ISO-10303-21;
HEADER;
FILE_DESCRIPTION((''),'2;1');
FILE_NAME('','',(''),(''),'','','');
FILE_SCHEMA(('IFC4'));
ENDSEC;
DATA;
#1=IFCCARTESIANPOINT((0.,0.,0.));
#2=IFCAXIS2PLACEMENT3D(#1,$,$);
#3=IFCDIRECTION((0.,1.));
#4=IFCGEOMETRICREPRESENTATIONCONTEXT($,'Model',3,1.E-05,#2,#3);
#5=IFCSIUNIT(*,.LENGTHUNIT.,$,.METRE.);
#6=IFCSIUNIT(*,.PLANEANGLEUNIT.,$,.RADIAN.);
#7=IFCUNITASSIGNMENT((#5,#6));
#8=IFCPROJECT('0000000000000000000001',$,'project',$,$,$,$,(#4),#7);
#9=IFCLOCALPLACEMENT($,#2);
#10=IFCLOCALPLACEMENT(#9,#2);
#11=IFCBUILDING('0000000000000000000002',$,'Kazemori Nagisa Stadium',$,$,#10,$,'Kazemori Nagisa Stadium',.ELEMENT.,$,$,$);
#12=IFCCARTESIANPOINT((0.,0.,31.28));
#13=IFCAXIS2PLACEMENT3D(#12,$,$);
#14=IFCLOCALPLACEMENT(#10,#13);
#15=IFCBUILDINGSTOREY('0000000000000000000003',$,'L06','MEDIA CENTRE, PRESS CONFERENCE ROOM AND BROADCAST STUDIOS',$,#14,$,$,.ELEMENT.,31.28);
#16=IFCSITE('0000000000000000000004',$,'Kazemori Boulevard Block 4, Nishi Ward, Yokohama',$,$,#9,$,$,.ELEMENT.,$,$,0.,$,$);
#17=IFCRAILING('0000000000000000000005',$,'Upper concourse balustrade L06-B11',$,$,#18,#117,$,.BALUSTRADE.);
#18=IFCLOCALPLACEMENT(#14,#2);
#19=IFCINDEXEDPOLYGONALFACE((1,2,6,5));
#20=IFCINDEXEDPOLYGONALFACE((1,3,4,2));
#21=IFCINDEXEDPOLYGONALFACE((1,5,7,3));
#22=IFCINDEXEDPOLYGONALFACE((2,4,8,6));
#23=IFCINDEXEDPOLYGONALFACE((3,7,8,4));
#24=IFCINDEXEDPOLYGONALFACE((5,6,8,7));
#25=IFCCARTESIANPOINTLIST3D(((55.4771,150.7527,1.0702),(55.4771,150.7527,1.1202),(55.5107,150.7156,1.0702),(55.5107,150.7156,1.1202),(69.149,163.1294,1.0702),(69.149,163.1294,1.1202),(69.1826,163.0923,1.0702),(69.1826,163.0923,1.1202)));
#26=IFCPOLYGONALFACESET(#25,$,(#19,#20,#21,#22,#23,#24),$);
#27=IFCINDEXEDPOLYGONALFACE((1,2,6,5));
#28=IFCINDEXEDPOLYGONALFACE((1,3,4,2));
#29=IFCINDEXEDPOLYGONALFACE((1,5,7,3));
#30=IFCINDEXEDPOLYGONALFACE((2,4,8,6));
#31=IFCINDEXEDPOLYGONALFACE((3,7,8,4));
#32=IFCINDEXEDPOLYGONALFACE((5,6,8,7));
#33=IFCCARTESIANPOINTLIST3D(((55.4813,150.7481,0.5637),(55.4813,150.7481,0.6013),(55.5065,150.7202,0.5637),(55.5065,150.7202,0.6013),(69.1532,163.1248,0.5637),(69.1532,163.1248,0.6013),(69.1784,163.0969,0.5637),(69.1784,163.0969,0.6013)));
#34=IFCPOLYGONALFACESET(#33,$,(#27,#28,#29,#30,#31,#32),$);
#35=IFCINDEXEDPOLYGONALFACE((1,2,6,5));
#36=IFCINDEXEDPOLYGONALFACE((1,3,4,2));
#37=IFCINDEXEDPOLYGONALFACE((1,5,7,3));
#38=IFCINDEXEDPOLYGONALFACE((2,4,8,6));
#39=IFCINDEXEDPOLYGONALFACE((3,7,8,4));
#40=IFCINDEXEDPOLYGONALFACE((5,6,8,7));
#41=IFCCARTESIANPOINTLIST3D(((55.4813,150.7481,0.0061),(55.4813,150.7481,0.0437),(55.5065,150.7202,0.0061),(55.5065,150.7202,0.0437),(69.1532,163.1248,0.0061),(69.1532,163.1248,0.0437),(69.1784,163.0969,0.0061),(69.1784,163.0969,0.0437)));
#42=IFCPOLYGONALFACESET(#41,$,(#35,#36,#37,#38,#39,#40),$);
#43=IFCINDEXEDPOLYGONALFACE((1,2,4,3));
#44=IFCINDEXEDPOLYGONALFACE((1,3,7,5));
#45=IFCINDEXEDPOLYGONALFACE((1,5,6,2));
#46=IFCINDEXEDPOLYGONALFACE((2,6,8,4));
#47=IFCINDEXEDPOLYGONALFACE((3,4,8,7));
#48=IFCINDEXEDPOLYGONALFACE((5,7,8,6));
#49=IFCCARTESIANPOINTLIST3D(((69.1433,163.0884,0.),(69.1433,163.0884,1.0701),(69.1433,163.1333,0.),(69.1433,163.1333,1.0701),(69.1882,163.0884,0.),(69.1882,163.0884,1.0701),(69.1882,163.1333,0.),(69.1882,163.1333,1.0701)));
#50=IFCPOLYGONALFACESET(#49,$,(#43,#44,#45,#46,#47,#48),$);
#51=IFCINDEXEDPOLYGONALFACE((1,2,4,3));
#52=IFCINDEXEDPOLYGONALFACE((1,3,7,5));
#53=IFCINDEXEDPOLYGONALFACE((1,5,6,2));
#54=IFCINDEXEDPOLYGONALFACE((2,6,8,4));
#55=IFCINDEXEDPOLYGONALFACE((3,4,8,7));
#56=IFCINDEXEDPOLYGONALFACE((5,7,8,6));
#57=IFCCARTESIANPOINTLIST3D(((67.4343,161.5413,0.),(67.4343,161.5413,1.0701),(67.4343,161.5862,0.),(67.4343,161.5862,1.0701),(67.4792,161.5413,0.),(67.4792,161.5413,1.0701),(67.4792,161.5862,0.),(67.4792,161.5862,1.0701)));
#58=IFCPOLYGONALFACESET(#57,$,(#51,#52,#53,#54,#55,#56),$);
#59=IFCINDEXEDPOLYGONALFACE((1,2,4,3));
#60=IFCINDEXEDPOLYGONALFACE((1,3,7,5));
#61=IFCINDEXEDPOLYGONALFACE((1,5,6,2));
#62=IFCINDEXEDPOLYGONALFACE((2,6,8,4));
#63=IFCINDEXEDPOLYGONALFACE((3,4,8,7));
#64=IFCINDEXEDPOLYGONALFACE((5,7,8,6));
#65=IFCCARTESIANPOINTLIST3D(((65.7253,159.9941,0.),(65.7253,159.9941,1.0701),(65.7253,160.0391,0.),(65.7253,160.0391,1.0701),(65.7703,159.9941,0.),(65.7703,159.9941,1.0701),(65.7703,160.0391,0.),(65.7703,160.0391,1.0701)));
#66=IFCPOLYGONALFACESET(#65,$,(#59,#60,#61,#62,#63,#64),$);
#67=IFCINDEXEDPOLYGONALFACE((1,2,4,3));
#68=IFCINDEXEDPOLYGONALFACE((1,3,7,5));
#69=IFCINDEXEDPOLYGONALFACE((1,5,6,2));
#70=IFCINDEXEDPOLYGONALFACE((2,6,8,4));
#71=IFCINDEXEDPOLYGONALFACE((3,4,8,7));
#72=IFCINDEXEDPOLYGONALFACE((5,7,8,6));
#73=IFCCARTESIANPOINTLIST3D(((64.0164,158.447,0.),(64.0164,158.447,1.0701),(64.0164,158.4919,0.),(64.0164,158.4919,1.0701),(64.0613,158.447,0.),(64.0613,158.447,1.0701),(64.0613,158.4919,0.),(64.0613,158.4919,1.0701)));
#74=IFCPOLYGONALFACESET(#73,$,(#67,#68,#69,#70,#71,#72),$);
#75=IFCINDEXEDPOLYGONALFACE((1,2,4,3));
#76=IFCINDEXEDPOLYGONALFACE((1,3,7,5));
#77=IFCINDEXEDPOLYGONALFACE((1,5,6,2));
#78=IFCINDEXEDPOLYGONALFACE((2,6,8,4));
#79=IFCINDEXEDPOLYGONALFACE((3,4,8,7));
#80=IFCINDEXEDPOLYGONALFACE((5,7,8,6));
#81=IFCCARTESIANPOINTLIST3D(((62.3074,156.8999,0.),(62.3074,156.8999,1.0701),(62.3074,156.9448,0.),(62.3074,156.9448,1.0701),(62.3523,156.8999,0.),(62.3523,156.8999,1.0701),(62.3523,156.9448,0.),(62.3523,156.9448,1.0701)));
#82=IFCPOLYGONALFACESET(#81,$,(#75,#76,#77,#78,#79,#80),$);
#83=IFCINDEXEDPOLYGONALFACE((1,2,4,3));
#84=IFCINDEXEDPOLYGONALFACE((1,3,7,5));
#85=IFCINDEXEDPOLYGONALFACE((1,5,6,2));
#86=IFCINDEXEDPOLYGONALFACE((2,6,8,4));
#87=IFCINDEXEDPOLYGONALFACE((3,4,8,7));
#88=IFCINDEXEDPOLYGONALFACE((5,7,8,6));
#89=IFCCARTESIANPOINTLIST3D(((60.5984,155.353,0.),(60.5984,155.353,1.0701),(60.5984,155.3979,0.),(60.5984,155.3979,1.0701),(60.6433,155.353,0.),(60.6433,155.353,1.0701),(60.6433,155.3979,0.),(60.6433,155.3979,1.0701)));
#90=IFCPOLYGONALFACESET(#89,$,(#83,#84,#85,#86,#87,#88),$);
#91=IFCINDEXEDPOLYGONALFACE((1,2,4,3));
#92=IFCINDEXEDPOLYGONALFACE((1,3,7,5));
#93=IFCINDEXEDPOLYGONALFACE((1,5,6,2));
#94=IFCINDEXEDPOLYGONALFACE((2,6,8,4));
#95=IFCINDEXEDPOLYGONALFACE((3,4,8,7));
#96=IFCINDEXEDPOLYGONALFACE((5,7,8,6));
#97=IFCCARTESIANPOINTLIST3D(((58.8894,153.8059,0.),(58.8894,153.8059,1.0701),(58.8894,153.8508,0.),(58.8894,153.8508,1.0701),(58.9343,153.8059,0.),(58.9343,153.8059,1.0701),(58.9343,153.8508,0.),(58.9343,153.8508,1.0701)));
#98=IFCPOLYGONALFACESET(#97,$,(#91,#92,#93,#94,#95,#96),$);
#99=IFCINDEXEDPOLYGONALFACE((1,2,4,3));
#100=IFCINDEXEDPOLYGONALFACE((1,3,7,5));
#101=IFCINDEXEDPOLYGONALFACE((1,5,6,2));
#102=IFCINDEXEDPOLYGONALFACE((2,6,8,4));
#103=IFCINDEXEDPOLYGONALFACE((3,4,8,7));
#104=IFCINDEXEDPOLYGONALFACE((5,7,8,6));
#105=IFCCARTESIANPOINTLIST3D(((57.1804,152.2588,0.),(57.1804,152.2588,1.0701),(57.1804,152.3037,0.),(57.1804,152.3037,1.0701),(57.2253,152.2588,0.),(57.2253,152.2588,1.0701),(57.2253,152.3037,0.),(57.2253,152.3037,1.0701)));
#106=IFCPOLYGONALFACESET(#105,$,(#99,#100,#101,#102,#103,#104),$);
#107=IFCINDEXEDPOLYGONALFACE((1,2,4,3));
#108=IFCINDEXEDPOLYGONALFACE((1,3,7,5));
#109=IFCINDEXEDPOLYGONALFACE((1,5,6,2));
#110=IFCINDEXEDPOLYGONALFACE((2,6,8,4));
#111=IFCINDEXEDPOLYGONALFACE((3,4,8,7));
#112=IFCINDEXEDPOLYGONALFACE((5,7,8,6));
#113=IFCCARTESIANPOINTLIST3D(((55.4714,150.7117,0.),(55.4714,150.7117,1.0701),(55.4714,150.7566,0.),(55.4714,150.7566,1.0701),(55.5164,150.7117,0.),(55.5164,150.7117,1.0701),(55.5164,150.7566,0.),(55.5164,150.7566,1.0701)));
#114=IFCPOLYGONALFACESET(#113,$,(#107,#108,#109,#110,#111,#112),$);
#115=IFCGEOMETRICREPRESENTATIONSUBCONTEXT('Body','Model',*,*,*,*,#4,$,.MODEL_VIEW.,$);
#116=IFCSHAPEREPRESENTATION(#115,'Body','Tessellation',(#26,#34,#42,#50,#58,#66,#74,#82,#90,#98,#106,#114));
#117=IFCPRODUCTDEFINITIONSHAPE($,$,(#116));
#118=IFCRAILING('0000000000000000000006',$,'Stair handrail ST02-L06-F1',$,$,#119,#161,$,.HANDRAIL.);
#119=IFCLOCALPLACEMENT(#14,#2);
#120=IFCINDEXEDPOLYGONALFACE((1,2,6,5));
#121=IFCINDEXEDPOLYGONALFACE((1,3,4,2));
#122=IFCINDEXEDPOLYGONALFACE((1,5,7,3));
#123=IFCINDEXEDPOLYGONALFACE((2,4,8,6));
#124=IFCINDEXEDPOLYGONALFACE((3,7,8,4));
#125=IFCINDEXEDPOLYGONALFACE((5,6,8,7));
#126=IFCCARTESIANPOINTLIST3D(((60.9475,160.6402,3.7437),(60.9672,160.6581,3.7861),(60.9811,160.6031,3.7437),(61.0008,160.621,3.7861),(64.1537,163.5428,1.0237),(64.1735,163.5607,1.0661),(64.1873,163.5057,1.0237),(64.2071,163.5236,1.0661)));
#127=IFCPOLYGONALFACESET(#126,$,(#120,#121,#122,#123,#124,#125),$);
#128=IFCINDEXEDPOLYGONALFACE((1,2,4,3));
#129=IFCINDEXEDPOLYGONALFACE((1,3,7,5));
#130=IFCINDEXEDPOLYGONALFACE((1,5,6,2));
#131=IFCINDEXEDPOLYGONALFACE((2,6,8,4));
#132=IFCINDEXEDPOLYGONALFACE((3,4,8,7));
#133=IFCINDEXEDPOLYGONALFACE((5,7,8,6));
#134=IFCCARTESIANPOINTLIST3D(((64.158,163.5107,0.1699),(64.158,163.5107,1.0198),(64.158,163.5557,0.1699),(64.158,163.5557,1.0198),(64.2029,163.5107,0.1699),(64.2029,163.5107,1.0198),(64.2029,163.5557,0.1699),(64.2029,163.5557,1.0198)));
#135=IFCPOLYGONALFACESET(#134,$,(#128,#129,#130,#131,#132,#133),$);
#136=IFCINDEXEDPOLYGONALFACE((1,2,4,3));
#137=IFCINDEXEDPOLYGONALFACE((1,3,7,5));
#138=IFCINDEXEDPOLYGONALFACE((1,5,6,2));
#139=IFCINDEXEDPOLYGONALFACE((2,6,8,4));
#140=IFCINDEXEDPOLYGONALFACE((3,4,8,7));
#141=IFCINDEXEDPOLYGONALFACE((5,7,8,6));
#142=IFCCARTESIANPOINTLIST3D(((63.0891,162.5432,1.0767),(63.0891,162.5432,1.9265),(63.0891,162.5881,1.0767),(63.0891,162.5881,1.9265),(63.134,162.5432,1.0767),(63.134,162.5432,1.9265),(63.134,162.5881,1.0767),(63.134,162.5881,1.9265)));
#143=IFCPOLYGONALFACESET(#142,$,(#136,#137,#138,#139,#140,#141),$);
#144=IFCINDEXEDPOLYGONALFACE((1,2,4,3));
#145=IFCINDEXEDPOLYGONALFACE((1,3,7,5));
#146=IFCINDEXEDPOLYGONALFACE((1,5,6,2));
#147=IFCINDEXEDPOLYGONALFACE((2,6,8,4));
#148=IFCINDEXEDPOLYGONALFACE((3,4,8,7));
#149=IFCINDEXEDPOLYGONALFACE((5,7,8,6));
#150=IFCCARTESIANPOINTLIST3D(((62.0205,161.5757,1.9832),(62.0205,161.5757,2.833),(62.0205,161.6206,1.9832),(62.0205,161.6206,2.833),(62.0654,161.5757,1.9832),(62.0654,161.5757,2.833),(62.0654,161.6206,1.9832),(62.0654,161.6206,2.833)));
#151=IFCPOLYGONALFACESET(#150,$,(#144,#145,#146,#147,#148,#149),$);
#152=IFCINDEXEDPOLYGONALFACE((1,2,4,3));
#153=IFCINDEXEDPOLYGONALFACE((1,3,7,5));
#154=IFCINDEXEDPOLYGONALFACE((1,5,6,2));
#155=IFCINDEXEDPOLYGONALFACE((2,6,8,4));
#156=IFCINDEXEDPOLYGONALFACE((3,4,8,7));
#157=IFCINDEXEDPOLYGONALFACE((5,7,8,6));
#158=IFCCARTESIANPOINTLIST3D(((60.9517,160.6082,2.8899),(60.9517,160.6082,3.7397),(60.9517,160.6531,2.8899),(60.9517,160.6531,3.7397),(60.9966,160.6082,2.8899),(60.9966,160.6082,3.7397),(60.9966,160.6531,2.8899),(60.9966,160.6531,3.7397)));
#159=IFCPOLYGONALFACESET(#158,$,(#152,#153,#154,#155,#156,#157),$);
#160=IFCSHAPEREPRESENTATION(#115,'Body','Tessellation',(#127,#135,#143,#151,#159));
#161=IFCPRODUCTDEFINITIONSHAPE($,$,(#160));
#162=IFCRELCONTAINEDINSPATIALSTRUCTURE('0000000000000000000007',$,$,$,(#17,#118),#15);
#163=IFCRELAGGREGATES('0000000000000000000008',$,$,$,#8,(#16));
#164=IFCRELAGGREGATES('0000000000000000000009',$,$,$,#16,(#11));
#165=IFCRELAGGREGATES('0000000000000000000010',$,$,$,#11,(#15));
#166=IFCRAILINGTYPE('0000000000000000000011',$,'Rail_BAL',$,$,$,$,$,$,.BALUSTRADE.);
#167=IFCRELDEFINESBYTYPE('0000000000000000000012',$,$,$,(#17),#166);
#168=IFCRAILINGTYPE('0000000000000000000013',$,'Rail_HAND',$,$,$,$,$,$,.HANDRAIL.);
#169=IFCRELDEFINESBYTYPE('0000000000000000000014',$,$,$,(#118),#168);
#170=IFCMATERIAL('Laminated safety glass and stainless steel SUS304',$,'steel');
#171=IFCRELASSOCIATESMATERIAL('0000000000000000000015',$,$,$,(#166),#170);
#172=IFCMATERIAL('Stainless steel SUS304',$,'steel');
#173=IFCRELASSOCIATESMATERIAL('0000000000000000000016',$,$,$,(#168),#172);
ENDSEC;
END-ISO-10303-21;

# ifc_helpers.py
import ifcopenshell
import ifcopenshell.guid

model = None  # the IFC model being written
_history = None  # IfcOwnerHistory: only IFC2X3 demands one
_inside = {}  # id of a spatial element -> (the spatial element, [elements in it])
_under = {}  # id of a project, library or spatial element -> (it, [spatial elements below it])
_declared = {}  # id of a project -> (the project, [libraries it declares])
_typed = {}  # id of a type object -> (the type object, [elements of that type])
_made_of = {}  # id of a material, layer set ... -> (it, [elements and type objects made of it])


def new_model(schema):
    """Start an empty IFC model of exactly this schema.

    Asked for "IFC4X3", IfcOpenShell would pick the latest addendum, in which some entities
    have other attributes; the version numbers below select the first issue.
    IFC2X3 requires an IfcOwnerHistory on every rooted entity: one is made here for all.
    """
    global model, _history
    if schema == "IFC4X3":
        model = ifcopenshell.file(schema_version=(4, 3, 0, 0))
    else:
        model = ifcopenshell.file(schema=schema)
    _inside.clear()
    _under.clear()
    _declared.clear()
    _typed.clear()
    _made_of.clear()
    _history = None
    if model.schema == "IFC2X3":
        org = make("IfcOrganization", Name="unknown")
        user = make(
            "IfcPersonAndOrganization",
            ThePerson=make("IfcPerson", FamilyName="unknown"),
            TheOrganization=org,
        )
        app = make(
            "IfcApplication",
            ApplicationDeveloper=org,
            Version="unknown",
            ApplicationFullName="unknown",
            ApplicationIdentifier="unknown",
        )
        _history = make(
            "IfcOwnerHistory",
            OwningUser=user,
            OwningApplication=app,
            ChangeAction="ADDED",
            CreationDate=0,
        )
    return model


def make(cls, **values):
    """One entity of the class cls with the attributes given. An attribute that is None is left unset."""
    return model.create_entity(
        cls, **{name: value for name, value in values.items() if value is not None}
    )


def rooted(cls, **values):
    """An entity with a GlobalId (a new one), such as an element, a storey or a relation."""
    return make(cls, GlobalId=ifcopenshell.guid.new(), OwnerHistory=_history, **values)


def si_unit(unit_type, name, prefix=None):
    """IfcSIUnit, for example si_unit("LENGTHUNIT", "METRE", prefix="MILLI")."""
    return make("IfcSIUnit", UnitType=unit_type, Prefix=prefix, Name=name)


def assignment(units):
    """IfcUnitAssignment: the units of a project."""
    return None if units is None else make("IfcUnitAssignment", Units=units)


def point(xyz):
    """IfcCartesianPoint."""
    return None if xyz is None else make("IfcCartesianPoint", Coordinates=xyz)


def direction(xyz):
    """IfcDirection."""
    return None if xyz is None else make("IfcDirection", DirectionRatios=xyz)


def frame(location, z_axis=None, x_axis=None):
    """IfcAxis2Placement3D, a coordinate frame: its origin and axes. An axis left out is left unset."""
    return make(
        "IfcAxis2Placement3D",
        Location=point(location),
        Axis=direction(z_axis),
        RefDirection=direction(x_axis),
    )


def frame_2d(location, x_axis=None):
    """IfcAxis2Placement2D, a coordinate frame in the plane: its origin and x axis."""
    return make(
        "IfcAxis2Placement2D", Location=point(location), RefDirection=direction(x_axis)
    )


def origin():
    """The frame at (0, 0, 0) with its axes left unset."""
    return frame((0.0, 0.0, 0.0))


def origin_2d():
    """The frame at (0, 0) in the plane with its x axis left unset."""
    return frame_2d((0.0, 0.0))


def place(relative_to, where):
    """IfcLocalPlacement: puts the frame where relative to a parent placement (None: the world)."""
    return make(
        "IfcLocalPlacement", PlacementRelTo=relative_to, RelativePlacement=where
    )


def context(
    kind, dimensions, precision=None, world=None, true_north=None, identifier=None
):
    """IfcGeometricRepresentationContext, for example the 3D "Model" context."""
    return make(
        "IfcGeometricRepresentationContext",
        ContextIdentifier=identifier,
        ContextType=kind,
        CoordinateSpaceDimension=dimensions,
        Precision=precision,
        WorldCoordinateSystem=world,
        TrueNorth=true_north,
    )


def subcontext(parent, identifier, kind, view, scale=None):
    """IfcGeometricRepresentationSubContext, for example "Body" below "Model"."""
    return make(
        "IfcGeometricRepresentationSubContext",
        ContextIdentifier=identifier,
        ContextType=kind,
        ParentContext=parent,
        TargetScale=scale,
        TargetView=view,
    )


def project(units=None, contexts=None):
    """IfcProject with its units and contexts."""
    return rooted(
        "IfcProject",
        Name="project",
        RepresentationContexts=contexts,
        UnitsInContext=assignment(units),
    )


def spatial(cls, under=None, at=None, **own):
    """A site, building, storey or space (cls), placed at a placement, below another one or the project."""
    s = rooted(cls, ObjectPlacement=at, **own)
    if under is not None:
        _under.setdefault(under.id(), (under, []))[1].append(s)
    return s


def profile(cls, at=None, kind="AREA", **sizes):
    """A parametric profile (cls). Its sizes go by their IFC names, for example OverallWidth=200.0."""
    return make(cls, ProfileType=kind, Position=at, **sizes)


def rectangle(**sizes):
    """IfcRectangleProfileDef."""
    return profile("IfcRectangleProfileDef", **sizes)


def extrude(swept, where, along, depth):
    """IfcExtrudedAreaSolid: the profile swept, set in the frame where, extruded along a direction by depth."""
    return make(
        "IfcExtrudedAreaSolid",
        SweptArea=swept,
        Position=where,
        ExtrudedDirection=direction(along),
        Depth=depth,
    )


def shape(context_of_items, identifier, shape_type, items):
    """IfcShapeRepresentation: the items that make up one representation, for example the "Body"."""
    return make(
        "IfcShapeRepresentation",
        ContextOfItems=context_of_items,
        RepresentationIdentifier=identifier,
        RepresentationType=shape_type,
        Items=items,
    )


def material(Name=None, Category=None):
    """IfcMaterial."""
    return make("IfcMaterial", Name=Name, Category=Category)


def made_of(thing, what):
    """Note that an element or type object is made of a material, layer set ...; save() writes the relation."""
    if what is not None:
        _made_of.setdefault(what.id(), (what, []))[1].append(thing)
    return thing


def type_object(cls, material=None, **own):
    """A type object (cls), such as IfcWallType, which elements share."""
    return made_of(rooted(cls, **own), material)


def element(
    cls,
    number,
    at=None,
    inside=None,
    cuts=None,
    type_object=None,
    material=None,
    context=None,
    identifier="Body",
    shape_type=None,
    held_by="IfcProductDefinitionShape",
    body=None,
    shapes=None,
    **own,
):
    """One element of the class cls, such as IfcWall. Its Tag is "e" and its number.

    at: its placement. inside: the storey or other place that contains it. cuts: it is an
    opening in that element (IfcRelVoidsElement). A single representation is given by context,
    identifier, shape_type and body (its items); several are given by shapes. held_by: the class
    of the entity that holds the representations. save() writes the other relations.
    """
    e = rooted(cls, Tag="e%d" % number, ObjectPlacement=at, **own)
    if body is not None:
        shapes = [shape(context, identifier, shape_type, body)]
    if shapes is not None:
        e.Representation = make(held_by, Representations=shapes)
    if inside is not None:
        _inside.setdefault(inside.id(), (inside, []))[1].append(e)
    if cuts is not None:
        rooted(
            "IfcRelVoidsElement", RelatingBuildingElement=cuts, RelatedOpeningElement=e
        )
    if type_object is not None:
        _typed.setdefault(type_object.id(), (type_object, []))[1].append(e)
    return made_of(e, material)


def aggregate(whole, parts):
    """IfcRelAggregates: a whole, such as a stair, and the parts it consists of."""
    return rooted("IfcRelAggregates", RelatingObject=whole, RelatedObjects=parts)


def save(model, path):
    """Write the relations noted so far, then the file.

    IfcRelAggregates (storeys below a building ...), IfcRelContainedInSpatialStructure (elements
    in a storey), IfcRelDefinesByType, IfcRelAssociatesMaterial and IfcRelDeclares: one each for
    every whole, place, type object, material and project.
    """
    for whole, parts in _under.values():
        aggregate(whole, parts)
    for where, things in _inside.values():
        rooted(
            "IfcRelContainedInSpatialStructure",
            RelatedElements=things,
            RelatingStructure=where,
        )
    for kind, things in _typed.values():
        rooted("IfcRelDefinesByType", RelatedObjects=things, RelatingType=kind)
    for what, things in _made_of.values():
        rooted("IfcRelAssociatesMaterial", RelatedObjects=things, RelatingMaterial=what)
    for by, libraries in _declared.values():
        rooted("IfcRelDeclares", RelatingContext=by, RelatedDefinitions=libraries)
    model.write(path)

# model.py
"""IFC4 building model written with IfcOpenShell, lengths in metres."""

from ifc_helpers import new_model, si_unit, direction, frame, origin, origin_2d, place, context, subcontext, project, spatial, rectangle, extrude, material, type_object, element, save


model = new_model("IFC4")

# Units and contexts
model_context = context("Model", 3, precision=1e-05, world=origin(), true_north=direction((0.0, 1.0)))
body_context = subcontext(model_context, "Body", "Model", "MODEL_VIEW")
ifc_project = project(units=[si_unit("LENGTHUNIT", "METRE"), si_unit("PLANEANGLEUNIT", "RADIAN")], contexts=[model_context])

# Site, building, storey
site_placement = place(None, origin())
site = spatial("IfcSite", under=ifc_project, at=site_placement, Name="Kazemori Boulevard Block 4, Nishi Ward, Yokohama", CompositionType="ELEMENT", RefElevation=0.0)
building_placement = place(site_placement, origin())
building = spatial("IfcBuilding", under=site, at=building_placement, Name="Kazemori Nagisa Stadium", LongName="Kazemori Nagisa Stadium", CompositionType="ELEMENT")
storey_placement = place(building_placement, frame((0.0, 0.0, 31.28)))
storey = spatial("IfcBuildingStorey", under=building, at=storey_placement, Name="L06", Description="MEDIA CENTRE, PRESS CONFERENCE ROOM AND BROADCAST STUDIOS", CompositionType="ELEMENT", Elevation=31.28)

# Railings
ifc_material_1 = material(Name="Laminated safety glass and stainless steel SUS304", Category="steel")
railing_type_1 = type_object("IfcRailingType", Name="Rail_BAL", PredefinedType="BALUSTRADE", material=ifc_material_1)
railing_1_placement = place(storey_placement, frame((69.1658, 163.1108, 0.0)))
element("IfcRailing", 1, at=railing_1_placement, inside=storey, type_object=railing_type_1, Name="Upper concourse balustrade L06-B11", PredefinedType="BALUSTRADE", context=body_context, shape_type="SweptSolid", body=[
    extrude(rectangle(XDim=0.05, YDim=0.05, at=origin_2d()), frame((0.0, 0.0, 1.0952), z_axis=(-0.741349, -0.67112, 0.0), x_axis=(0.67112, -0.741349, 0.0)), (0.0, 0.0, 1.0), 18.4419),
    extrude(rectangle(XDim=0.0376, YDim=0.0376, at=origin_2d()), frame((0.0, 0.0, 0.5825), z_axis=(-0.741349, -0.67112, 0.0), x_axis=(0.67112, -0.741349, 0.0)), (0.0, 0.0, 1.0), 18.4419),
    extrude(rectangle(XDim=0.0376, YDim=0.0376, at=origin_2d()), frame((0.0, 0.0, 0.0249), z_axis=(-0.741349, -0.67112, 0.0), x_axis=(0.67112, -0.741349, 0.0)), (0.0, 0.0, 1.0), 18.4419),
    extrude(rectangle(XDim=0.0449, YDim=0.0449, at=origin_2d()), origin(), (0.0, 0.0, 1.0), 1.0701),
    extrude(rectangle(XDim=0.0449, YDim=0.0449, at=origin_2d()), frame((-1.709, -1.5471, 0.0)), (0.0, 0.0, 1.0), 1.0701),
    extrude(rectangle(XDim=0.0449, YDim=0.0449, at=origin_2d()), frame((-3.418, -3.0942, 0.0)), (0.0, 0.0, 1.0), 1.0701),
    extrude(rectangle(XDim=0.0449, YDim=0.0449, at=origin_2d()), frame((-5.127, -4.6414, 0.0)), (0.0, 0.0, 1.0), 1.0701),
    extrude(rectangle(XDim=0.0449, YDim=0.0449, at=origin_2d()), frame((-6.8359, -6.1885, 0.0)), (0.0, 0.0, 1.0), 1.0701),
    extrude(rectangle(XDim=0.0449, YDim=0.0449, at=origin_2d()), frame((-8.5449, -7.7354, 0.0)), (0.0, 0.0, 1.0), 1.0701),
    extrude(rectangle(XDim=0.0449, YDim=0.0449, at=origin_2d()), frame((-10.2539, -9.2825, 0.0)), (0.0, 0.0, 1.0), 1.0701),
    extrude(rectangle(XDim=0.0449, YDim=0.0449, at=origin_2d()), frame((-11.9629, -10.8296, 0.0)), (0.0, 0.0, 1.0), 1.0701),
    extrude(rectangle(XDim=0.0449, YDim=0.0449, at=origin_2d()), frame((-13.6719, -12.3767, 0.0)), (0.0, 0.0, 1.0), 1.0701),
])
ifc_material_2 = material(Name="Stainless steel SUS304", Category="steel")
railing_type_2 = type_object("IfcRailingType", Name="Rail_HAND", PredefinedType="HANDRAIL", material=ifc_material_2)
railing_2_placement = place(storey_placement, frame((64.1804, 163.5332, 0.1699)))
element("IfcRailing", 2, at=railing_2_placement, inside=storey, type_object=railing_type_2, Name="Stair handrail ST02-L06-F1", PredefinedType="HANDRAIL", context=body_context, shape_type="SweptSolid", body=[
    extrude(rectangle(XDim=0.05, YDim=0.05, at=origin_2d()), frame((0.0, 0.0, 0.875), z_axis=(-0.627558, -0.568113, 0.53237), x_axis=(0.671123, -0.741346, 0.0)), (0.0, 0.0, 1.0), 5.1091),
    extrude(rectangle(XDim=0.0449, YDim=0.0449, at=origin_2d()), origin(), (0.0, 0.0, 1.0), 0.8499),
    extrude(rectangle(XDim=0.0449, YDim=0.0449, at=origin_2d()), frame((-1.0688, -0.9675, 0.9067)), (0.0, 0.0, 1.0), 0.8499),
    extrude(rectangle(XDim=0.0449, YDim=0.0449, at=origin_2d()), frame((-2.1375, -1.9351, 1.8132)), (0.0, 0.0, 1.0), 0.8499),
    extrude(rectangle(XDim=0.0449, YDim=0.0449, at=origin_2d()), frame((-3.2063, -2.9026, 2.72)), (0.0, 0.0, 1.0), 0.8499),
])

save(model, "model.ifc")
